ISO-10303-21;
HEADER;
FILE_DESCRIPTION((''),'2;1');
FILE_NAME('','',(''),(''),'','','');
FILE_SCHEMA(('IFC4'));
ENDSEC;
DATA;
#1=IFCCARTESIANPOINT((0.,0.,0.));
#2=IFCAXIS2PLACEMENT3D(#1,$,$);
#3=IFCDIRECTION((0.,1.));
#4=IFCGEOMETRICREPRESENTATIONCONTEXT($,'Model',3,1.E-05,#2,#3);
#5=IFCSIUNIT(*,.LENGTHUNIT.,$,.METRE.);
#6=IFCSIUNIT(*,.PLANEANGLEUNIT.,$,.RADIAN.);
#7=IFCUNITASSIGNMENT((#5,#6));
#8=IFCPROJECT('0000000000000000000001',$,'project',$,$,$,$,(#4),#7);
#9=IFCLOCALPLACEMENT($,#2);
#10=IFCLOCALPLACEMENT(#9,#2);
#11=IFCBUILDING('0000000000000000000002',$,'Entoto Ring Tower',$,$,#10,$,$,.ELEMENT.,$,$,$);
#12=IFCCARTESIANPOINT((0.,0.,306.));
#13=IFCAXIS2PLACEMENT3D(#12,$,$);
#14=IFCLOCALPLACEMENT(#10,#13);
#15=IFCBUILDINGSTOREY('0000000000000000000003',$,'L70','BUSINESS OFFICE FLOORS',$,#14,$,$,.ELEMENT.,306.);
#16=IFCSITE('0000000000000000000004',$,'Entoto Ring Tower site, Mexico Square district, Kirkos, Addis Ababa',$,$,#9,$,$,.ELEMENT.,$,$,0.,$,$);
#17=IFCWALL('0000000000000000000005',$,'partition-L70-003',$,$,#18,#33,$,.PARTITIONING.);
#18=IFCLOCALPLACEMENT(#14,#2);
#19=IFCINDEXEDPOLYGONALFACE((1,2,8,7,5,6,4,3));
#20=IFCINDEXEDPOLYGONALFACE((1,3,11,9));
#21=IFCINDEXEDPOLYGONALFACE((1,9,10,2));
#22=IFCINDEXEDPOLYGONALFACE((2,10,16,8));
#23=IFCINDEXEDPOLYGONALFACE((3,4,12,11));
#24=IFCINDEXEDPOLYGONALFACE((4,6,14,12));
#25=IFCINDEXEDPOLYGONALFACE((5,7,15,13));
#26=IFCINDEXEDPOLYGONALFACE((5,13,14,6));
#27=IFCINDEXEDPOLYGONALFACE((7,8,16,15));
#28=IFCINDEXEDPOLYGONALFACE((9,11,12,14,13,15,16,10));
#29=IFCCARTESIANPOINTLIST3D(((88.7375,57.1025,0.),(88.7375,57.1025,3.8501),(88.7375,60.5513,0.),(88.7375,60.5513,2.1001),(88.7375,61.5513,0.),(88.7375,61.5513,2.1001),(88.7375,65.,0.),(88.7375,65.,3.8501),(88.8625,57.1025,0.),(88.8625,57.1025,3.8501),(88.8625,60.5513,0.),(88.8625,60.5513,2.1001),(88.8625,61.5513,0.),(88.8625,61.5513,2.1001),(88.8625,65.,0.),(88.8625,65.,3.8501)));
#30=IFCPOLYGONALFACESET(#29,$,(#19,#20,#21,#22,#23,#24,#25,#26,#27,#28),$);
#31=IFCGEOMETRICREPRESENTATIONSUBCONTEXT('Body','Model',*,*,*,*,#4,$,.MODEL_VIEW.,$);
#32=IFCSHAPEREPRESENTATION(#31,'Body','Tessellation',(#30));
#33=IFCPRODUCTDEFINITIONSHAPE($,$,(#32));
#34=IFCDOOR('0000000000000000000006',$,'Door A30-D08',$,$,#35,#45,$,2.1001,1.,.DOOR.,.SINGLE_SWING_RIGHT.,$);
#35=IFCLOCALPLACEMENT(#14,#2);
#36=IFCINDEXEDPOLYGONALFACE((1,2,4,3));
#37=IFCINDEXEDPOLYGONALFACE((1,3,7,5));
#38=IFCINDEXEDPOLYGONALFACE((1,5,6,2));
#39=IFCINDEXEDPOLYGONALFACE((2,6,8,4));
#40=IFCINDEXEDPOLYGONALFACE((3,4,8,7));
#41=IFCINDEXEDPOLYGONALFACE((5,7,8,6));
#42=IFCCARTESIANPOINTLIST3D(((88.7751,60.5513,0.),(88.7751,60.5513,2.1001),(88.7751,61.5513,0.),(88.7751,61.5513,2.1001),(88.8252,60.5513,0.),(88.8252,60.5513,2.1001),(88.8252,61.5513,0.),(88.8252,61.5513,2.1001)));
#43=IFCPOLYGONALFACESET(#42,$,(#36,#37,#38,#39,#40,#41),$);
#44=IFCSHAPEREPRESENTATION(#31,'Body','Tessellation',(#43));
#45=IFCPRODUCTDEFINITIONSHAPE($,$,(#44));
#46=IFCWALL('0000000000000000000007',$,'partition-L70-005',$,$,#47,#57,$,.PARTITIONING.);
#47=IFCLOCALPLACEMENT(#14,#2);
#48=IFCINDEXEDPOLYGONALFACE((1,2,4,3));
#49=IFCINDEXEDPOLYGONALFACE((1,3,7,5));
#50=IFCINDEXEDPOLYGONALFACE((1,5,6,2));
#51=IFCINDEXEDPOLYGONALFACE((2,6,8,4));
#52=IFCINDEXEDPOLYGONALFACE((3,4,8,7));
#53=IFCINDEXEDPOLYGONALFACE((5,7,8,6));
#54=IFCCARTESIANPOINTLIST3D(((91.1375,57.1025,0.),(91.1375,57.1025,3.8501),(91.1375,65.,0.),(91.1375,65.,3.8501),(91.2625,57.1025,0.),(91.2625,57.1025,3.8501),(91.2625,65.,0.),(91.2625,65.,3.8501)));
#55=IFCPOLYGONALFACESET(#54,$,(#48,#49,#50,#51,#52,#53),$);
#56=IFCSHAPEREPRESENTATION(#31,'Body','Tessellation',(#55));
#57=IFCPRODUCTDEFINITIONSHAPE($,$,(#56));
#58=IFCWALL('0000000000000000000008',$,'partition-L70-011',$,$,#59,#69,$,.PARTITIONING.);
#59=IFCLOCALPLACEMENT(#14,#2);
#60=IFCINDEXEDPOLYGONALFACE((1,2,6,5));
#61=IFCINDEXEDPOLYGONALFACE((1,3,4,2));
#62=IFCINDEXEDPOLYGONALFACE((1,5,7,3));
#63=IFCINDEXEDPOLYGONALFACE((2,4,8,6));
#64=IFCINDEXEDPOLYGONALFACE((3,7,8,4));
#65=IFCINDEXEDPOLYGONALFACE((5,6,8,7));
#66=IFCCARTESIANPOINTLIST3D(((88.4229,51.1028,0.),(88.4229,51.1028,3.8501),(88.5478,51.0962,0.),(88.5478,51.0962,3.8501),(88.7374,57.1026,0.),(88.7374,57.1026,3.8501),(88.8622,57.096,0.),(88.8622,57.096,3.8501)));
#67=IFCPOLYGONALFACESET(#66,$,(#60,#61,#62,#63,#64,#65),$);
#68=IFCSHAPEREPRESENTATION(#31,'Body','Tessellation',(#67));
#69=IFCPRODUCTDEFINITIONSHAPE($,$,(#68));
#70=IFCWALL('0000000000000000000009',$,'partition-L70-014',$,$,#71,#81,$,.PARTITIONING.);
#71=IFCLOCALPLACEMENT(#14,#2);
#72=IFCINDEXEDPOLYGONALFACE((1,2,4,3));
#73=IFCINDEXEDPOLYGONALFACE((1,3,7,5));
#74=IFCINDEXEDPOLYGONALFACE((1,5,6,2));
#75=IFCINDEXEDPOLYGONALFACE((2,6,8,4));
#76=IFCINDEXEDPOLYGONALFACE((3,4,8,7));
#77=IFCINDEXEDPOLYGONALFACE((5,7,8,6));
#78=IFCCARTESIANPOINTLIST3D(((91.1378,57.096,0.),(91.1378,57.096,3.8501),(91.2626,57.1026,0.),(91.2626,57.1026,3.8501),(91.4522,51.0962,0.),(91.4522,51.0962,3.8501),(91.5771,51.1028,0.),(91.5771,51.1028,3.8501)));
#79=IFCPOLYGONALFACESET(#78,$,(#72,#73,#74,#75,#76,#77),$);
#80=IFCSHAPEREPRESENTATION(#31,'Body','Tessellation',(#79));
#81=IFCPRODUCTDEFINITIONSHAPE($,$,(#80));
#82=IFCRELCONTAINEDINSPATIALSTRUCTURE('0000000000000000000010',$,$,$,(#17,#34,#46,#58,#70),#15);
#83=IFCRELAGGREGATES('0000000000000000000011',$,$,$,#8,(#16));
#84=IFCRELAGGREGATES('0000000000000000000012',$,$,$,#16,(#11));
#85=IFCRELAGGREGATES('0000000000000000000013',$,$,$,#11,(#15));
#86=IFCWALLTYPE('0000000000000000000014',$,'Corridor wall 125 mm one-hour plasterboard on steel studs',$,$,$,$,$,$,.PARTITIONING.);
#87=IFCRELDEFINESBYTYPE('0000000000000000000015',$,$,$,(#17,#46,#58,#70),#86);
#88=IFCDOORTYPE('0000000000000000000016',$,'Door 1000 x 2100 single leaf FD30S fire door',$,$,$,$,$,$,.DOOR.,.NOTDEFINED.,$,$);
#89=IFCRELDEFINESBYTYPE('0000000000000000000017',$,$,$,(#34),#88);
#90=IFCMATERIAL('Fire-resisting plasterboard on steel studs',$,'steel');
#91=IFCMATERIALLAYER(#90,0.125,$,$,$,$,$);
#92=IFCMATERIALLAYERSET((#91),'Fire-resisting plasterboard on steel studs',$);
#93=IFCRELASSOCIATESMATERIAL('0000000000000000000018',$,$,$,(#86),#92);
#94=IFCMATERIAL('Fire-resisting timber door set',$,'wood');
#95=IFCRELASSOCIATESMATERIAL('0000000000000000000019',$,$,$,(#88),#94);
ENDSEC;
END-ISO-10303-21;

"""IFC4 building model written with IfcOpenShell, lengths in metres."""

from ifc_helpers import new_model, si_unit, direction, frame, frame_2d, origin, place, context, subcontext, project, spatial, rectangle, extrude, material, layer, layer_set, type_object, element, fill, save


model = new_model("IFC4")

# Units and contexts
model_context = context("Model", 3, precision=1e-05, world=origin(), true_north=direction((0.0, 1.0)))
body_context = subcontext(model_context, "Body", "Model", "MODEL_VIEW")
ifc_project = project(units=[si_unit("LENGTHUNIT", "METRE"), si_unit("PLANEANGLEUNIT", "RADIAN")], contexts=[model_context])

# Site, building, storey
site_placement = place(None, origin())
site = spatial("IfcSite", under=ifc_project, at=site_placement, Name="Entoto Ring Tower site, Mexico Square district, Kirkos, Addis Ababa", CompositionType="ELEMENT", RefElevation=0.0)
building_placement = place(site_placement, origin())
building = spatial("IfcBuilding", under=site, at=building_placement, Name="Entoto Ring Tower", CompositionType="ELEMENT")
storey_placement = place(building_placement, frame((0.0, 0.0, 306.0)))
storey = spatial("IfcBuildingStorey", under=building, at=storey_placement, Name="L70", Description="BUSINESS OFFICE FLOORS", CompositionType="ELEMENT", Elevation=306.0)

# Wall, opening, door
ifc_material_1 = material(Name="Fire-resisting plasterboard on steel studs", Category="steel")
ifc_layer = layer(ifc_material_1, 0.125)
ifc_layer_set = layer_set([ifc_layer], Name="Fire-resisting plasterboard on steel studs")
wall_type = type_object("IfcWallType", Name="Corridor wall 125 mm one-hour plasterboard on steel studs", PredefinedType="PARTITIONING", material=ifc_layer_set)
wall_1_placement = place(storey_placement, frame((88.8, 57.1025, 0.0), z_axis=(0.0, 0.0, 1.0), x_axis=(0.0, 1.0, 0.0)))
wall_1 = element("IfcWall", 1, at=wall_1_placement, inside=storey, type_object=wall_type, Name="partition-L70-003", PredefinedType="PARTITIONING", context=body_context, shape_type="SweptSolid", body=[
    extrude(rectangle(XDim=7.8975, YDim=0.125, at=frame_2d((3.9487, 0.0))), origin(), (0.0, 0.0, 1.0), 3.8501),
])
opening_placement = place(wall_1_placement, frame((3.4487, 0.0, 0.0)))
opening = element("IfcOpeningElement", 2, at=opening_placement, cuts=wall_1, PredefinedType="OPENING", context=body_context, shape_type="SweptSolid", body=[
    extrude(rectangle(XDim=1.0, YDim=2.1001, at=frame_2d((0.5, 1.05))), frame((0.0, 0.0725, 0.0), z_axis=(0.0, -1.0, 0.0), x_axis=(1.0, 0.0, 0.0)), (0.0, 0.0, 1.0), 0.145),
])
ifc_material_2 = material(Name="Fire-resisting timber door set", Category="wood")
door_type = type_object("IfcDoorType", Name="Door 1000 x 2100 single leaf FD30S fire door", OperationType="NOTDEFINED", PredefinedType="DOOR", material=ifc_material_2)
door_placement = place(opening_placement, origin())
door = element("IfcDoor", 3, at=door_placement, inside=storey, type_object=door_type, Name="Door A30-D08", OperationType="SINGLE_SWING_RIGHT", OverallHeight=2.1001, OverallWidth=1.0, PredefinedType="DOOR", context=body_context, shape_type="SweptSolid", body=[
    extrude(rectangle(XDim=1.0, YDim=2.1001, at=frame_2d((0.5, 1.05))), frame((0.0, 0.0249, 0.0), z_axis=(0.0, -1.0, 0.0), x_axis=(1.0, 0.0, 0.0)), (0.0, 0.0, 1.0), 0.05),
])
fill(opening, door)

# Walls
wall_2_placement = place(storey_placement, frame((91.2, 57.1025, 0.0), z_axis=(0.0, 0.0, 1.0), x_axis=(0.0, 1.0, 0.0)))
element("IfcWall", 4, at=wall_2_placement, inside=storey, type_object=wall_type, Name="partition-L70-005", PredefinedType="PARTITIONING", context=body_context, shape_type="SweptSolid", body=[
    extrude(rectangle(XDim=7.8975, YDim=0.125, at=frame_2d((3.9487, 0.0))), origin(), (0.0, 0.0, 1.0), 3.8501),
])
for number, where, z_axis, x_axis, name in (
    (5, (88.4854, 51.0996, 0.0), (0.0, 0.0, 1.0), (0.052339, 0.998629, 0.0), "partition-L70-011"),
    (6, (91.5146, 51.0996, 0.0), (0.0, 0.0, 1.0), (-0.052339, 0.998629, 0.0), "partition-L70-014"),
):
    element("IfcWall", number, at=place(storey_placement, frame(where, z_axis=z_axis, x_axis=x_axis)), inside=storey, type_object=wall_type, Name=name, PredefinedType="PARTITIONING", context=body_context, shape_type="SweptSolid", body=[
        extrude(rectangle(XDim=6.0081, YDim=0.125, at=frame_2d((3.0039, 0.0))), origin(), (0.0, 0.0, 1.0), 3.8501),
    ])

save(model, "model.ifc")
